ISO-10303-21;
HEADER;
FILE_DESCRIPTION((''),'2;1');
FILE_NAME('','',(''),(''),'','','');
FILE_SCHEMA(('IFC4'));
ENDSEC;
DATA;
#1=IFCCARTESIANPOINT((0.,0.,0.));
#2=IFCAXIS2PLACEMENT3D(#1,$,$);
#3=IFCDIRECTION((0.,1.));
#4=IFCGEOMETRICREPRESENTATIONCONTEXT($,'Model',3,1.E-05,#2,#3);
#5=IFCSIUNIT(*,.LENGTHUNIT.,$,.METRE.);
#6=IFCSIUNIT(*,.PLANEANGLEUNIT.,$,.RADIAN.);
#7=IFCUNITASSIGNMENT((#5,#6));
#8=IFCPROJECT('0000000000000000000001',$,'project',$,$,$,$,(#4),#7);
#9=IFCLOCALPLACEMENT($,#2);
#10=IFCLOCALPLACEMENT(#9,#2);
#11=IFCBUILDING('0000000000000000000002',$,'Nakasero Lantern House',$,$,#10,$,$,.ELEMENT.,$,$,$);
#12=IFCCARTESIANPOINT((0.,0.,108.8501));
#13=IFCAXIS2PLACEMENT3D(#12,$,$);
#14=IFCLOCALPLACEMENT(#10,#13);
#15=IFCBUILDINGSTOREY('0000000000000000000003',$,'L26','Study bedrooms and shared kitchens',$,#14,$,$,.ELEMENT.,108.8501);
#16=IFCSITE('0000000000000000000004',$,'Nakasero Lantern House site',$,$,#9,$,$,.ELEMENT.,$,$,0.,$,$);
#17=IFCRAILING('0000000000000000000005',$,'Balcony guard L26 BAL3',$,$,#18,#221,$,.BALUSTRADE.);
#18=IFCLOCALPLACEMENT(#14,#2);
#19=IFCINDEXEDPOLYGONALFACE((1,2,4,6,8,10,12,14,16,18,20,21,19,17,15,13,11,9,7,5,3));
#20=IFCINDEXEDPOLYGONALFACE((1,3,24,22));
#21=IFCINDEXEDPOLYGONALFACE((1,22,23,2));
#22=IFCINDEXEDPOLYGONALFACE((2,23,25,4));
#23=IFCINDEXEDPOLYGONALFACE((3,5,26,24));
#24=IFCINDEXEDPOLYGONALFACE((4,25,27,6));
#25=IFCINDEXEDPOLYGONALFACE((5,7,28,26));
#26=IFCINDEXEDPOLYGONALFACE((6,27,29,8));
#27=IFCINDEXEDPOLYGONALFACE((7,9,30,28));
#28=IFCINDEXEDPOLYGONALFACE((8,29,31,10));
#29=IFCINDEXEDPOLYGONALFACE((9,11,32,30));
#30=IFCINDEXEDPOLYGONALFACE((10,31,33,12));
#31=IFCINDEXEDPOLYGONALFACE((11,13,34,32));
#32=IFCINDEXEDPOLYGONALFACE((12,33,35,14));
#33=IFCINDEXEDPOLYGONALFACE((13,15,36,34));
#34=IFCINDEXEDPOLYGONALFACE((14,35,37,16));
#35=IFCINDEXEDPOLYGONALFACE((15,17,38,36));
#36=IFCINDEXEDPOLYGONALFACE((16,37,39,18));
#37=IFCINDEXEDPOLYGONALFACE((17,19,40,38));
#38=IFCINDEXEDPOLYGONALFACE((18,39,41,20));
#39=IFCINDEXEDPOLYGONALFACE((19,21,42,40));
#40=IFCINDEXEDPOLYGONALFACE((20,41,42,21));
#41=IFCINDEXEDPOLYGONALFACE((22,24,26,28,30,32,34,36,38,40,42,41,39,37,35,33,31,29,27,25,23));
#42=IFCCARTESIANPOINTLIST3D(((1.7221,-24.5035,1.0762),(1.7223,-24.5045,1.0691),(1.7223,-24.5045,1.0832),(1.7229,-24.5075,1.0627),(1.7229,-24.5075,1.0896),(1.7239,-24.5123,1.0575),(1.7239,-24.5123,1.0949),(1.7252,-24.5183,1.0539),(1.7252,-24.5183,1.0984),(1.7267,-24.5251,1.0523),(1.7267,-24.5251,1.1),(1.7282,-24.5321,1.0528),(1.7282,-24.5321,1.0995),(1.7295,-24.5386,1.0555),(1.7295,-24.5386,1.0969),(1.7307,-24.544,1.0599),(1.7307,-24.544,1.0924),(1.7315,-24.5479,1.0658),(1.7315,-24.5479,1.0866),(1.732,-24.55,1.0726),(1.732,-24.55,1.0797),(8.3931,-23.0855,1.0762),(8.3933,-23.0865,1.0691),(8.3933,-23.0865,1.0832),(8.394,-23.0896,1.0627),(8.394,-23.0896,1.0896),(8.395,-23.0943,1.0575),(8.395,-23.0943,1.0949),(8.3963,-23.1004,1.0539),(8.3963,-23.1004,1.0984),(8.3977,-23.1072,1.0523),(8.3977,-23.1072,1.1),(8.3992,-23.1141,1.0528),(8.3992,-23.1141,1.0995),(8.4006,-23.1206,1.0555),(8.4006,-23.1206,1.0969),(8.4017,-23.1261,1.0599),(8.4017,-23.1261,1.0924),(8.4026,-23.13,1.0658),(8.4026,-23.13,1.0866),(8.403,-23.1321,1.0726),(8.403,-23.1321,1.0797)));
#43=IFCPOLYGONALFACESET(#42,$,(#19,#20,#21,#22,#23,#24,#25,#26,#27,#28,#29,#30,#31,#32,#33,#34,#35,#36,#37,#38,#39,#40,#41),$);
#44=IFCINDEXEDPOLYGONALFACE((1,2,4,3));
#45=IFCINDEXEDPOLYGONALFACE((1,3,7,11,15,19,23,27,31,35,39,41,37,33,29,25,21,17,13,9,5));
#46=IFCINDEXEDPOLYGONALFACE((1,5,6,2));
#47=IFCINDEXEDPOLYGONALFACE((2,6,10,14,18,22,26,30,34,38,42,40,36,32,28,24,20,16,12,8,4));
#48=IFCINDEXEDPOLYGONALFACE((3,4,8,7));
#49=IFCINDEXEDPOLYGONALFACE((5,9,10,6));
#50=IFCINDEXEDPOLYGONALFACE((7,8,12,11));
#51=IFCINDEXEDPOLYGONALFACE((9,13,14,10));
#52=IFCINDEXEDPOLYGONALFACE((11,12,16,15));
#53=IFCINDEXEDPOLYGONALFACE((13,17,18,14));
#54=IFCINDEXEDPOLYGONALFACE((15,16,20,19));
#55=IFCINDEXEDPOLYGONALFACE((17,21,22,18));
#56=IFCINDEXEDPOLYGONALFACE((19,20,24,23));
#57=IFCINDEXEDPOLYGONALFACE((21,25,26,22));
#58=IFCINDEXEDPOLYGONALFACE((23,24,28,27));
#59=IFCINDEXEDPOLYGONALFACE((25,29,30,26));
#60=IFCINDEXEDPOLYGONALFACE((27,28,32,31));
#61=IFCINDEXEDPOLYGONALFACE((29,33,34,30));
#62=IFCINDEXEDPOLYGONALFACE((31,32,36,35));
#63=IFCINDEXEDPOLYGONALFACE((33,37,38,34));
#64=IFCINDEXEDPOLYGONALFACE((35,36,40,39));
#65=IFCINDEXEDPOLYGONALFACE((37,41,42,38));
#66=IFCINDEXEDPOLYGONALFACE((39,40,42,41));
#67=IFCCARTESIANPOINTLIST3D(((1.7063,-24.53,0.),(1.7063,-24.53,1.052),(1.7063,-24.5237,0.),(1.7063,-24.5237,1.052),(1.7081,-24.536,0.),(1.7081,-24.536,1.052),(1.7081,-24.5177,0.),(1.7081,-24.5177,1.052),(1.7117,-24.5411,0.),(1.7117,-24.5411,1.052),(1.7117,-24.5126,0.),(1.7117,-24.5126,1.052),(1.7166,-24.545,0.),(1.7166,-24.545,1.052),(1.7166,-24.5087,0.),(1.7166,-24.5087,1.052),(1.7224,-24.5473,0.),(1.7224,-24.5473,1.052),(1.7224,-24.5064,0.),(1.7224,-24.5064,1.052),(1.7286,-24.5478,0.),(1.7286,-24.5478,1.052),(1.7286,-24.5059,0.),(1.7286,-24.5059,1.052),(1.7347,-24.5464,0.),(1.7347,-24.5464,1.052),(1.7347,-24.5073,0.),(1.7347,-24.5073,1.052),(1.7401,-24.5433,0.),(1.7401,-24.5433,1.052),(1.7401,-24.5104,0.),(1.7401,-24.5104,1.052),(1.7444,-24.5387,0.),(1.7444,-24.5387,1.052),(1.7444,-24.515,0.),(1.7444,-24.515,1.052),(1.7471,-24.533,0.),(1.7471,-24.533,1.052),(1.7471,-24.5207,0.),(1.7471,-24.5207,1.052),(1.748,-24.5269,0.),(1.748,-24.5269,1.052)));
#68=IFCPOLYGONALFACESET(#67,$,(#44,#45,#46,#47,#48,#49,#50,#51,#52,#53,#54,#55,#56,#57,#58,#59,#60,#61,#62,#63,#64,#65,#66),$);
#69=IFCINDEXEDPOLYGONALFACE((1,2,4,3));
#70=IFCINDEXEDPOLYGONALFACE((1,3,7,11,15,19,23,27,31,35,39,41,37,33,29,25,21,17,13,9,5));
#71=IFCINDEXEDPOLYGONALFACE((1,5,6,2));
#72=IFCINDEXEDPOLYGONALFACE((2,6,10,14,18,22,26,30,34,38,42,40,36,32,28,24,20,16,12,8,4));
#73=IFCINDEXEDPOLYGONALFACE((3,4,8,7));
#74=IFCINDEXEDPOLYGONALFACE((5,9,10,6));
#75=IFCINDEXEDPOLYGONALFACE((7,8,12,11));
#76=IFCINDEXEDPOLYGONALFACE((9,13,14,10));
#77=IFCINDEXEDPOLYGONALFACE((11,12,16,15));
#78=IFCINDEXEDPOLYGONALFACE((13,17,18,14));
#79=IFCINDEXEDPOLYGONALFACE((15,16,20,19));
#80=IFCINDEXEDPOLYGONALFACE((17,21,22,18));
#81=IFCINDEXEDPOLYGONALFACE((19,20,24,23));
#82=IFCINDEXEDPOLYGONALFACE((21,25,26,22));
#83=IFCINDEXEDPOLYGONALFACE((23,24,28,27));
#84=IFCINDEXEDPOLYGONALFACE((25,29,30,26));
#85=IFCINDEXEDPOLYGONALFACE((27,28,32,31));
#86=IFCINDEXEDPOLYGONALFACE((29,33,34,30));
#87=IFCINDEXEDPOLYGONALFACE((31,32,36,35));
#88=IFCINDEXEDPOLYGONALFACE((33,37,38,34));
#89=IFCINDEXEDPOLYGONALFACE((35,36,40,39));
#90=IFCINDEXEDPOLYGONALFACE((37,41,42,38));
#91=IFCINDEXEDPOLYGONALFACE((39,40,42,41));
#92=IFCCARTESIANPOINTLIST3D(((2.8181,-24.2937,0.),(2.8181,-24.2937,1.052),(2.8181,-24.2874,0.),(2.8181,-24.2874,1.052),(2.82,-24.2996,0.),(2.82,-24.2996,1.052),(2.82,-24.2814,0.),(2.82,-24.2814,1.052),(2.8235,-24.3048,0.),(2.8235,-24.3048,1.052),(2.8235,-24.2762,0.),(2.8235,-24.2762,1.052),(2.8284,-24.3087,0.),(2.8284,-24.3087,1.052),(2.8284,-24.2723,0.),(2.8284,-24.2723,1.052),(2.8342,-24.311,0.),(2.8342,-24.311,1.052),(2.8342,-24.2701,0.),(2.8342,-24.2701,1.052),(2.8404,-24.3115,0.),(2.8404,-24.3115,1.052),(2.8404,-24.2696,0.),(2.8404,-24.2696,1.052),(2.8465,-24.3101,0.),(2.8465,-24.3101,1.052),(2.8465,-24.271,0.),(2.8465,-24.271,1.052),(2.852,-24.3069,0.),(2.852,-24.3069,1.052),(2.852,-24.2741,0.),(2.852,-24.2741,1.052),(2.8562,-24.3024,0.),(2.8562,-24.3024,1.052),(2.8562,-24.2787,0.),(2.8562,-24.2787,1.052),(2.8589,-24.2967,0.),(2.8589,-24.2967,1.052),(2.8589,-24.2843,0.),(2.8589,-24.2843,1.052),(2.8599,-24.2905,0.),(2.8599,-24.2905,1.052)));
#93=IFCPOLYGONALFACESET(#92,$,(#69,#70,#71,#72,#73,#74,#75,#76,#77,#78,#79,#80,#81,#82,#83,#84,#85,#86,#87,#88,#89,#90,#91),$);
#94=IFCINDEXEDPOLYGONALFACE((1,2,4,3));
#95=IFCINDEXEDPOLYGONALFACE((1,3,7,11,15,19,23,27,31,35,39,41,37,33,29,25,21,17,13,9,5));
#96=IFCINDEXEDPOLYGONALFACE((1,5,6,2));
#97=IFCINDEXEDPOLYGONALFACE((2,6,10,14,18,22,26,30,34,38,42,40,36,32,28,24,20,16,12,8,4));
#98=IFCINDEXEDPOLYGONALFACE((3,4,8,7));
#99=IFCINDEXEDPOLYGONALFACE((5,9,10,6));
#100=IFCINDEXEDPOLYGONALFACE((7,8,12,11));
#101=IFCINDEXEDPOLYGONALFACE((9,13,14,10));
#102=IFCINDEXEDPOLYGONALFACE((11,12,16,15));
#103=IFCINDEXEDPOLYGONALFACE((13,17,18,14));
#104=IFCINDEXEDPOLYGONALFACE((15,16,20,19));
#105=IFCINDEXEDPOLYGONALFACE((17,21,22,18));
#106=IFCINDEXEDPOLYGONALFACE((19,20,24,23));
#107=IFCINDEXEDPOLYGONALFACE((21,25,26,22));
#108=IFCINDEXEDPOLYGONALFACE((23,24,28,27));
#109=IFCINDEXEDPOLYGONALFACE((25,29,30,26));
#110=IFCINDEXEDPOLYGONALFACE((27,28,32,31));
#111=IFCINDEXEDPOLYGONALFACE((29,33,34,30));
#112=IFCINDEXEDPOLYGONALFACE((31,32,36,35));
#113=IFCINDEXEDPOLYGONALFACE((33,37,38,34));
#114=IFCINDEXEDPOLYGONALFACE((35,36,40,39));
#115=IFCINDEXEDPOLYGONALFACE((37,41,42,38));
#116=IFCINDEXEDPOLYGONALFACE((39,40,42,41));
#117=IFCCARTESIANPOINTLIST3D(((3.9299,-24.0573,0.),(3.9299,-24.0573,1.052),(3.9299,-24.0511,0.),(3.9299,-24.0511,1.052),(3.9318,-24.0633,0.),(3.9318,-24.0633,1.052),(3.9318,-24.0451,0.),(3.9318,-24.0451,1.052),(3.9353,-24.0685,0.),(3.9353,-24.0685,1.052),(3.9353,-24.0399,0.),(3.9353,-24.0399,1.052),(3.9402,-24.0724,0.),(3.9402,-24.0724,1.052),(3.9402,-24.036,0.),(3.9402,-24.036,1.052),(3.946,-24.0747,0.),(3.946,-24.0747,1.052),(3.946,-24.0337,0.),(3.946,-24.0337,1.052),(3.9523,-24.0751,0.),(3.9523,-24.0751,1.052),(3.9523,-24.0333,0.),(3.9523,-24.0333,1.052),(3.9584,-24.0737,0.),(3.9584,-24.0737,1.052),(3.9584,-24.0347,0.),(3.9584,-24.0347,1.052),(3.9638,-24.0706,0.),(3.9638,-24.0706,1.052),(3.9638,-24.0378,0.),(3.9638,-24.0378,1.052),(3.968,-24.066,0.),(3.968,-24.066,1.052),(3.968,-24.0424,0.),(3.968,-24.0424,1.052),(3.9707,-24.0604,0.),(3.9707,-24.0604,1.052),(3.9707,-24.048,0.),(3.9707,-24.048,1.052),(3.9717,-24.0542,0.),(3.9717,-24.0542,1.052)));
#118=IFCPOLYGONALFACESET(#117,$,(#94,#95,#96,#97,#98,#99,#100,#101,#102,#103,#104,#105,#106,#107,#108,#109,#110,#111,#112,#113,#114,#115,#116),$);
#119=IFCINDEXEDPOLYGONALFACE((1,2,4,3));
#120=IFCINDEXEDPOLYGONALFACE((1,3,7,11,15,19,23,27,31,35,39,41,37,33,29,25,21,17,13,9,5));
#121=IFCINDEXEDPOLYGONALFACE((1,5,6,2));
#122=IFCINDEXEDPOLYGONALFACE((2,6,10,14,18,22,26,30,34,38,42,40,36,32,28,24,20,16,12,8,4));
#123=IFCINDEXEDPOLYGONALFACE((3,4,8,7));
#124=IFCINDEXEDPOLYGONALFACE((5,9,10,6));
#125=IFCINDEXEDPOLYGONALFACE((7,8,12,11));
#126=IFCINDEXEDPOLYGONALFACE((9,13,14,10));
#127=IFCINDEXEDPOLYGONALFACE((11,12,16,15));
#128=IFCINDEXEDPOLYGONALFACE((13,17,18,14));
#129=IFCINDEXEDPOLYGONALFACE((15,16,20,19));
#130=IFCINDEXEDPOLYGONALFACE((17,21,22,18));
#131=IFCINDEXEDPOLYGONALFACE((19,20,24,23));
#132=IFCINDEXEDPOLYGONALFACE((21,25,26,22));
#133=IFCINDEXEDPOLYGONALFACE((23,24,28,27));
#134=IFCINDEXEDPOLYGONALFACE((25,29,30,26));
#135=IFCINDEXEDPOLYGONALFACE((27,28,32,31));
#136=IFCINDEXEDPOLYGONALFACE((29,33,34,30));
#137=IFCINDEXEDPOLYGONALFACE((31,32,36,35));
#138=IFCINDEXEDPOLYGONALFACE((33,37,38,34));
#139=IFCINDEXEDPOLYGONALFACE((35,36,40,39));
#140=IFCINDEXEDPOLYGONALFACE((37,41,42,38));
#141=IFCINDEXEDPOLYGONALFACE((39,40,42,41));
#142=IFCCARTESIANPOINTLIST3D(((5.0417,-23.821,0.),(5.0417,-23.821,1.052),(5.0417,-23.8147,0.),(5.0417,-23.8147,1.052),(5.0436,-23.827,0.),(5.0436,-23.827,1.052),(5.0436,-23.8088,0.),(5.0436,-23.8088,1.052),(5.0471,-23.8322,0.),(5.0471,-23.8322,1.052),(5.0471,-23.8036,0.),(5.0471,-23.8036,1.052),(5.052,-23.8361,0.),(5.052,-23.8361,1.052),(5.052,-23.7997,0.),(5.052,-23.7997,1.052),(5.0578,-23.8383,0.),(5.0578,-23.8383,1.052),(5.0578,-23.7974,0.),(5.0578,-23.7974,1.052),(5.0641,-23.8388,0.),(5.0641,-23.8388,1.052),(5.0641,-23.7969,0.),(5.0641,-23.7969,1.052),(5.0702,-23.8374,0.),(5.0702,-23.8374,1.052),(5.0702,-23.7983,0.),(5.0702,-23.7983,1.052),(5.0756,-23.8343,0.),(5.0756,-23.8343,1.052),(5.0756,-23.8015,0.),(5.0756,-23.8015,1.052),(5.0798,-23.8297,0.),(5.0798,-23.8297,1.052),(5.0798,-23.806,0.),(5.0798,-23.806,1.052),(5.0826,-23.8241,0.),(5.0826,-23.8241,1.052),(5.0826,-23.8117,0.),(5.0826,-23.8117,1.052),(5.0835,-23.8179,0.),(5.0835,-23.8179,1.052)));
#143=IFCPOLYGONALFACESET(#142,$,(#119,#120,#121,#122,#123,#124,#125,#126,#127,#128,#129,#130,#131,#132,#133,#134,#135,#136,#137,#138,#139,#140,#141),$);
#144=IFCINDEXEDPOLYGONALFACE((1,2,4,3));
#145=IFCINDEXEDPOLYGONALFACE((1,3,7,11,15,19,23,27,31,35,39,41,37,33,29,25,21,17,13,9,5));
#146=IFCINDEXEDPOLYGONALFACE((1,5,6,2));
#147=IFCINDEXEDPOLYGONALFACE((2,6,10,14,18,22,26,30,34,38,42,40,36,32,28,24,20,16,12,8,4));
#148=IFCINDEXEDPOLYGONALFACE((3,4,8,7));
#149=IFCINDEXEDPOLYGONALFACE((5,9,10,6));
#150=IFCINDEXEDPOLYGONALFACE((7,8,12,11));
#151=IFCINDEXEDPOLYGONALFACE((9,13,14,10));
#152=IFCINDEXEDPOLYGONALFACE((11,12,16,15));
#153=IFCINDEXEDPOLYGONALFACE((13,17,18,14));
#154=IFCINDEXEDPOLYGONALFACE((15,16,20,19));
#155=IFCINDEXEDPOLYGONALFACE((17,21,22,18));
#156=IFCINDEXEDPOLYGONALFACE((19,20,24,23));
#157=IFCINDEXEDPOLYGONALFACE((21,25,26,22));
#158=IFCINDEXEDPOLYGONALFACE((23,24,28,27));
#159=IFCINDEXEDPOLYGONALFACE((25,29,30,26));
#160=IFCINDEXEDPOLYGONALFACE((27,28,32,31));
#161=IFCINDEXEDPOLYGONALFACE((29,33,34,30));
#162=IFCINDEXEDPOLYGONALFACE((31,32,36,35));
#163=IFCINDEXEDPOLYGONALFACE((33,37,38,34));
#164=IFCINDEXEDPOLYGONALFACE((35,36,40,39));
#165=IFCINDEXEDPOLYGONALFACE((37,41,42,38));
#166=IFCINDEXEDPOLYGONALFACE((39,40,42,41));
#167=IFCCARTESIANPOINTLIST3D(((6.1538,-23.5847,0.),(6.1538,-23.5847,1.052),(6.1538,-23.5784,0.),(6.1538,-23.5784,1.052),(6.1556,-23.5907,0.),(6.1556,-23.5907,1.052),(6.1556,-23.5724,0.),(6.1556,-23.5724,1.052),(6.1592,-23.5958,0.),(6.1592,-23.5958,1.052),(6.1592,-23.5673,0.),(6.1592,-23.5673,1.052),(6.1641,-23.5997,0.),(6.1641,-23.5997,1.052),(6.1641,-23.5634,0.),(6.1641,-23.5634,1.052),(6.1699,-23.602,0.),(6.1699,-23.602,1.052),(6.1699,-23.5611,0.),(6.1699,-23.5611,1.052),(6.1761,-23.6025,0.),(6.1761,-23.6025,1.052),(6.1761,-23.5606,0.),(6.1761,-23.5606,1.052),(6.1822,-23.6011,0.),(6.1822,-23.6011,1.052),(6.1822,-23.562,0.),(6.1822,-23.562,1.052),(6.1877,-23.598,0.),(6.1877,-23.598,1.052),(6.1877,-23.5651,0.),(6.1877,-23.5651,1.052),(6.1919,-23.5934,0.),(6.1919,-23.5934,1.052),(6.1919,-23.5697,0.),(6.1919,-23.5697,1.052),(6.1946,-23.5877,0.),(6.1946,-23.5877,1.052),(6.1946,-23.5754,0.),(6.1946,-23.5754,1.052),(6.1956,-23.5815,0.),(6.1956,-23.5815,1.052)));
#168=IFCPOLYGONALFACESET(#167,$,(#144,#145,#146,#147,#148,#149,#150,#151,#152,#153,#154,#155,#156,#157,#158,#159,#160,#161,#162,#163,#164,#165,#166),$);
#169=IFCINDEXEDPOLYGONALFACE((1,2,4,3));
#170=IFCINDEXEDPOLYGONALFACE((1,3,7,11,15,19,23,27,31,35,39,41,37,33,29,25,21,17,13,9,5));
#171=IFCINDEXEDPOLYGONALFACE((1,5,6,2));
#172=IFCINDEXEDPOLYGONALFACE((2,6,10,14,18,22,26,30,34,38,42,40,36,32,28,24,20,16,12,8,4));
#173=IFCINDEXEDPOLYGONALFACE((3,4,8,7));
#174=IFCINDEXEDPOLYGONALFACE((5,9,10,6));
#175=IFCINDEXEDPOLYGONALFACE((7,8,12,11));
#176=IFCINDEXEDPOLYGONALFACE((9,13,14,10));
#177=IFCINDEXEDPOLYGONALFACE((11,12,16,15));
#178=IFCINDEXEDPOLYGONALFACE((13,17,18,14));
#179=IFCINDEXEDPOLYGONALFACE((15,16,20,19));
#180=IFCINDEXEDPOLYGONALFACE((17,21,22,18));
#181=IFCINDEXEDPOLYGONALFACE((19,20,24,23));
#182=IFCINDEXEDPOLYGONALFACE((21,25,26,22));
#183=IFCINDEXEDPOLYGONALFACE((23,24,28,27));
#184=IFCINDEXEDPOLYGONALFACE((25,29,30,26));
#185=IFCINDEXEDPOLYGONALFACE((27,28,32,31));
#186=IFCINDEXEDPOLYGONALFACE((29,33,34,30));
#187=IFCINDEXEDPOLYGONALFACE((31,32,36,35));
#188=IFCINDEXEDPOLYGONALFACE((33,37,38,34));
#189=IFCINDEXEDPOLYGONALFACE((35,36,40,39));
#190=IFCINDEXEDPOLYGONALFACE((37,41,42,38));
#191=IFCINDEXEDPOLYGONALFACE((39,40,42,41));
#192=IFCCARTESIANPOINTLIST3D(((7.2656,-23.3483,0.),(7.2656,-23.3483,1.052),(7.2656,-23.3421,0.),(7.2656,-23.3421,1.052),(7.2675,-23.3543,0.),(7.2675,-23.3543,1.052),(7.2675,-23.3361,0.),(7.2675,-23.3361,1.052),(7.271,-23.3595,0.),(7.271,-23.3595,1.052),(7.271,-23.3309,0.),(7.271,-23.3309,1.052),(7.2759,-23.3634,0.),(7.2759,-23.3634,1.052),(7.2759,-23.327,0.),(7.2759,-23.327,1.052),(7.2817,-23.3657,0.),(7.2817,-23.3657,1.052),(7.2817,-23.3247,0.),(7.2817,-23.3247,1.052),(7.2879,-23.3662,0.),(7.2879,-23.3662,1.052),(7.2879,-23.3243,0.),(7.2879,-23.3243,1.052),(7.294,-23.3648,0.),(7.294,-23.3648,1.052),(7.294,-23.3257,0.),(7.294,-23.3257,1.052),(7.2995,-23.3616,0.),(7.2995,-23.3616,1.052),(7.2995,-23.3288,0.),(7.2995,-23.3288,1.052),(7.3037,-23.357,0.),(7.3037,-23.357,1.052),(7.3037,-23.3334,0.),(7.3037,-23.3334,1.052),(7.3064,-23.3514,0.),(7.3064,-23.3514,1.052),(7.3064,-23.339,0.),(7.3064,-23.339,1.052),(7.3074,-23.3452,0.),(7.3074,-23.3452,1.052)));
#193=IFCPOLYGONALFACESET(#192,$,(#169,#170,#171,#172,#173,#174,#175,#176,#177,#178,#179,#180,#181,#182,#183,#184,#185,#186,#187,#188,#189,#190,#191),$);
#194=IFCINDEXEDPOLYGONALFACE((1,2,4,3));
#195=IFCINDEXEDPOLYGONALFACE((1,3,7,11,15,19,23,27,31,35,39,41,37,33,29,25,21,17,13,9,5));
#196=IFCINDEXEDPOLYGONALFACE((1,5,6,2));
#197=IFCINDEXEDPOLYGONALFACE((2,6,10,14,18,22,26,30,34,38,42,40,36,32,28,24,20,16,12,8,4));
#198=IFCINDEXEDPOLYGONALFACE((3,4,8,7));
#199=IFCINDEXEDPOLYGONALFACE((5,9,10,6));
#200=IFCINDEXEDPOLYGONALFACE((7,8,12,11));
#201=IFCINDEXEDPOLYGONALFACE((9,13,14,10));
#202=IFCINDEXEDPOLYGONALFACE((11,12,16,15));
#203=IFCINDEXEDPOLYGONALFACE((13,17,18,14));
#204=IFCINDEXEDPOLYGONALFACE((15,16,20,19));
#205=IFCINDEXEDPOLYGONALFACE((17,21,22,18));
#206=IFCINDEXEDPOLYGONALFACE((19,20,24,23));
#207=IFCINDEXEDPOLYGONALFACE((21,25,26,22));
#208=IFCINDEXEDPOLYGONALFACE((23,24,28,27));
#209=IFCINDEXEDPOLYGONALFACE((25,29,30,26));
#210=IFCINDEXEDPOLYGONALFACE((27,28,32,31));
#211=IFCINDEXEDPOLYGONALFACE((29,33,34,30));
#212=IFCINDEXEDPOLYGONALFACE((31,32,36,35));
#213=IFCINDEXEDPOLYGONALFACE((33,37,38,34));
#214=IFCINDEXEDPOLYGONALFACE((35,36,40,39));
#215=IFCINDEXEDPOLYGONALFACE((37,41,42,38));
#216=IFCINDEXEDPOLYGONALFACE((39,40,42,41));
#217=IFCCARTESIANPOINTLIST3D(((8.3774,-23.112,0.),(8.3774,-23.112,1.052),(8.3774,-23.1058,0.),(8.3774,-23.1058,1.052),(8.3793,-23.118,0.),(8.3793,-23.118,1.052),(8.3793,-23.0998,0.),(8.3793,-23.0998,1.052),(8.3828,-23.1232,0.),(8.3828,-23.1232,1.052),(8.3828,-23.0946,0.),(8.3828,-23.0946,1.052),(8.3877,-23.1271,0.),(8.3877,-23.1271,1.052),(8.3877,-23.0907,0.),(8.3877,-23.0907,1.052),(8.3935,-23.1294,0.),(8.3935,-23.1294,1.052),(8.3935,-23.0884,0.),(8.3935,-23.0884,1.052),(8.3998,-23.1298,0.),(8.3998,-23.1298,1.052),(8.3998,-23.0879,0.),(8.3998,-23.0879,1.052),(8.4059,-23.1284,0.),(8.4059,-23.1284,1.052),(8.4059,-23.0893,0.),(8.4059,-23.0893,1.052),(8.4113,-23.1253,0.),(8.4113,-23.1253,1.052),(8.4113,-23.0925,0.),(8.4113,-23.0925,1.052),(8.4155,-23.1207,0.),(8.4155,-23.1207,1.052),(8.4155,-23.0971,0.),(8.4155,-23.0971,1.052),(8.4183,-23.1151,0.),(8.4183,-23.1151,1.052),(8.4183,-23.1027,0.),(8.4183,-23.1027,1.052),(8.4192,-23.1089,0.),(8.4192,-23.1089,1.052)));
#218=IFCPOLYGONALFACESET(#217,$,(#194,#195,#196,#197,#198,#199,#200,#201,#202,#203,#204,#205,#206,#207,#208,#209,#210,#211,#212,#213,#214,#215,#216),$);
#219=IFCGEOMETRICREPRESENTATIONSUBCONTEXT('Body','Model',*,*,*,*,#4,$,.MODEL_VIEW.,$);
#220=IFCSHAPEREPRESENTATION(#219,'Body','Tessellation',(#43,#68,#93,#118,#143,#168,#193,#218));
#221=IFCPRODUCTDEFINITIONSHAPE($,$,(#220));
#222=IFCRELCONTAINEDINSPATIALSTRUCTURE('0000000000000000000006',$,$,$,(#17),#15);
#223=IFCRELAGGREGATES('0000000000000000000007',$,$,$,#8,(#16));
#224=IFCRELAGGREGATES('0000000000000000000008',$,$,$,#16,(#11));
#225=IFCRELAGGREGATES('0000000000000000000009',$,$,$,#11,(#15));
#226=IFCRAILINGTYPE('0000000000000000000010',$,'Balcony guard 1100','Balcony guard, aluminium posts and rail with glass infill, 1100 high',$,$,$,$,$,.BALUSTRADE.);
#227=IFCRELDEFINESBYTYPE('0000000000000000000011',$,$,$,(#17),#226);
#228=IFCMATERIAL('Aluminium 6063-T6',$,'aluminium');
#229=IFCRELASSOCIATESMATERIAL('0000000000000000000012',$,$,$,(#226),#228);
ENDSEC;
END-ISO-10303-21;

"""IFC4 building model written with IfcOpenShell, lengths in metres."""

from ifc_helpers import new_model, si_unit, direction, frame, origin, origin_2d, place, context, subcontext, project, spatial, circle, extrude, material, type_object, element, save


model = new_model("IFC4")

# Units and contexts
model_context = context("Model", 3, precision=1e-05, world=origin(), true_north=direction((0.0, 1.0)))
body_context = subcontext(model_context, "Body", "Model", "MODEL_VIEW")
ifc_project = project(units=[si_unit("LENGTHUNIT", "METRE"), si_unit("PLANEANGLEUNIT", "RADIAN")], contexts=[model_context])

# Site, building, storey
site_placement = place(None, origin())
site = spatial("IfcSite", under=ifc_project, at=site_placement, Name="Nakasero Lantern House site", CompositionType="ELEMENT", RefElevation=0.0)
building_placement = place(site_placement, origin())
building = spatial("IfcBuilding", under=site, at=building_placement, Name="Nakasero Lantern House", CompositionType="ELEMENT")
storey_placement = place(building_placement, frame((0.0, 0.0, 108.8501)))
storey = spatial("IfcBuildingStorey", under=building, at=storey_placement, Name="L26", Description="Study bedrooms and shared kitchens", CompositionType="ELEMENT", Elevation=108.8501)

# Railing
ifc_material_1 = material(Name="Aluminium 6063-T6", Category="aluminium")
railing_type = type_object("IfcRailingType", Name="Balcony guard 1100", Description="Balcony guard, aluminium posts and rail with glass infill, 1100 high", PredefinedType="BALUSTRADE", material=ifc_material_1)
railing_placement = place(storey_placement, frame((1.7271, -24.5269, 0.0)))
element("IfcRailing", 1, at=railing_placement, inside=storey, type_object=railing_type, Name="Balcony guard L26 BAL3", PredefinedType="BALUSTRADE", context=body_context, shape_type="SweptSolid", body=[
    extrude(circle(Radius=0.0239, at=origin_2d()), frame((0.0, 0.0, 1.0762), z_axis=(0.978148, 0.207908, 0.0), x_axis=(-0.207908, 0.978148, 0.0)), (0.0, 0.0, 1.0), 6.8201),
    extrude(circle(Radius=0.021, at=origin_2d()), origin(), (0.0, 0.0, 1.0), 1.052),
    extrude(circle(Radius=0.021, at=origin_2d()), frame((1.1118, 0.2363, 0.0)), (0.0, 0.0, 1.0), 1.052),
    extrude(circle(Radius=0.021, at=origin_2d()), frame((2.2236, 0.4727, 0.0)), (0.0, 0.0, 1.0), 1.052),
    extrude(circle(Radius=0.021, at=origin_2d()), frame((3.3354, 0.709, 0.0)), (0.0, 0.0, 1.0), 1.052),
    extrude(circle(Radius=0.021, at=origin_2d()), frame((4.4475, 0.9453, 0.0)), (0.0, 0.0, 1.0), 1.052),
    extrude(circle(Radius=0.021, at=origin_2d()), frame((5.5593, 1.1816, 0.0)), (0.0, 0.0, 1.0), 1.052),
    extrude(circle(Radius=0.021, at=origin_2d()), frame((6.6711, 1.418, 0.0)), (0.0, 0.0, 1.0), 1.052),
])

save(model, "model.ifc")
